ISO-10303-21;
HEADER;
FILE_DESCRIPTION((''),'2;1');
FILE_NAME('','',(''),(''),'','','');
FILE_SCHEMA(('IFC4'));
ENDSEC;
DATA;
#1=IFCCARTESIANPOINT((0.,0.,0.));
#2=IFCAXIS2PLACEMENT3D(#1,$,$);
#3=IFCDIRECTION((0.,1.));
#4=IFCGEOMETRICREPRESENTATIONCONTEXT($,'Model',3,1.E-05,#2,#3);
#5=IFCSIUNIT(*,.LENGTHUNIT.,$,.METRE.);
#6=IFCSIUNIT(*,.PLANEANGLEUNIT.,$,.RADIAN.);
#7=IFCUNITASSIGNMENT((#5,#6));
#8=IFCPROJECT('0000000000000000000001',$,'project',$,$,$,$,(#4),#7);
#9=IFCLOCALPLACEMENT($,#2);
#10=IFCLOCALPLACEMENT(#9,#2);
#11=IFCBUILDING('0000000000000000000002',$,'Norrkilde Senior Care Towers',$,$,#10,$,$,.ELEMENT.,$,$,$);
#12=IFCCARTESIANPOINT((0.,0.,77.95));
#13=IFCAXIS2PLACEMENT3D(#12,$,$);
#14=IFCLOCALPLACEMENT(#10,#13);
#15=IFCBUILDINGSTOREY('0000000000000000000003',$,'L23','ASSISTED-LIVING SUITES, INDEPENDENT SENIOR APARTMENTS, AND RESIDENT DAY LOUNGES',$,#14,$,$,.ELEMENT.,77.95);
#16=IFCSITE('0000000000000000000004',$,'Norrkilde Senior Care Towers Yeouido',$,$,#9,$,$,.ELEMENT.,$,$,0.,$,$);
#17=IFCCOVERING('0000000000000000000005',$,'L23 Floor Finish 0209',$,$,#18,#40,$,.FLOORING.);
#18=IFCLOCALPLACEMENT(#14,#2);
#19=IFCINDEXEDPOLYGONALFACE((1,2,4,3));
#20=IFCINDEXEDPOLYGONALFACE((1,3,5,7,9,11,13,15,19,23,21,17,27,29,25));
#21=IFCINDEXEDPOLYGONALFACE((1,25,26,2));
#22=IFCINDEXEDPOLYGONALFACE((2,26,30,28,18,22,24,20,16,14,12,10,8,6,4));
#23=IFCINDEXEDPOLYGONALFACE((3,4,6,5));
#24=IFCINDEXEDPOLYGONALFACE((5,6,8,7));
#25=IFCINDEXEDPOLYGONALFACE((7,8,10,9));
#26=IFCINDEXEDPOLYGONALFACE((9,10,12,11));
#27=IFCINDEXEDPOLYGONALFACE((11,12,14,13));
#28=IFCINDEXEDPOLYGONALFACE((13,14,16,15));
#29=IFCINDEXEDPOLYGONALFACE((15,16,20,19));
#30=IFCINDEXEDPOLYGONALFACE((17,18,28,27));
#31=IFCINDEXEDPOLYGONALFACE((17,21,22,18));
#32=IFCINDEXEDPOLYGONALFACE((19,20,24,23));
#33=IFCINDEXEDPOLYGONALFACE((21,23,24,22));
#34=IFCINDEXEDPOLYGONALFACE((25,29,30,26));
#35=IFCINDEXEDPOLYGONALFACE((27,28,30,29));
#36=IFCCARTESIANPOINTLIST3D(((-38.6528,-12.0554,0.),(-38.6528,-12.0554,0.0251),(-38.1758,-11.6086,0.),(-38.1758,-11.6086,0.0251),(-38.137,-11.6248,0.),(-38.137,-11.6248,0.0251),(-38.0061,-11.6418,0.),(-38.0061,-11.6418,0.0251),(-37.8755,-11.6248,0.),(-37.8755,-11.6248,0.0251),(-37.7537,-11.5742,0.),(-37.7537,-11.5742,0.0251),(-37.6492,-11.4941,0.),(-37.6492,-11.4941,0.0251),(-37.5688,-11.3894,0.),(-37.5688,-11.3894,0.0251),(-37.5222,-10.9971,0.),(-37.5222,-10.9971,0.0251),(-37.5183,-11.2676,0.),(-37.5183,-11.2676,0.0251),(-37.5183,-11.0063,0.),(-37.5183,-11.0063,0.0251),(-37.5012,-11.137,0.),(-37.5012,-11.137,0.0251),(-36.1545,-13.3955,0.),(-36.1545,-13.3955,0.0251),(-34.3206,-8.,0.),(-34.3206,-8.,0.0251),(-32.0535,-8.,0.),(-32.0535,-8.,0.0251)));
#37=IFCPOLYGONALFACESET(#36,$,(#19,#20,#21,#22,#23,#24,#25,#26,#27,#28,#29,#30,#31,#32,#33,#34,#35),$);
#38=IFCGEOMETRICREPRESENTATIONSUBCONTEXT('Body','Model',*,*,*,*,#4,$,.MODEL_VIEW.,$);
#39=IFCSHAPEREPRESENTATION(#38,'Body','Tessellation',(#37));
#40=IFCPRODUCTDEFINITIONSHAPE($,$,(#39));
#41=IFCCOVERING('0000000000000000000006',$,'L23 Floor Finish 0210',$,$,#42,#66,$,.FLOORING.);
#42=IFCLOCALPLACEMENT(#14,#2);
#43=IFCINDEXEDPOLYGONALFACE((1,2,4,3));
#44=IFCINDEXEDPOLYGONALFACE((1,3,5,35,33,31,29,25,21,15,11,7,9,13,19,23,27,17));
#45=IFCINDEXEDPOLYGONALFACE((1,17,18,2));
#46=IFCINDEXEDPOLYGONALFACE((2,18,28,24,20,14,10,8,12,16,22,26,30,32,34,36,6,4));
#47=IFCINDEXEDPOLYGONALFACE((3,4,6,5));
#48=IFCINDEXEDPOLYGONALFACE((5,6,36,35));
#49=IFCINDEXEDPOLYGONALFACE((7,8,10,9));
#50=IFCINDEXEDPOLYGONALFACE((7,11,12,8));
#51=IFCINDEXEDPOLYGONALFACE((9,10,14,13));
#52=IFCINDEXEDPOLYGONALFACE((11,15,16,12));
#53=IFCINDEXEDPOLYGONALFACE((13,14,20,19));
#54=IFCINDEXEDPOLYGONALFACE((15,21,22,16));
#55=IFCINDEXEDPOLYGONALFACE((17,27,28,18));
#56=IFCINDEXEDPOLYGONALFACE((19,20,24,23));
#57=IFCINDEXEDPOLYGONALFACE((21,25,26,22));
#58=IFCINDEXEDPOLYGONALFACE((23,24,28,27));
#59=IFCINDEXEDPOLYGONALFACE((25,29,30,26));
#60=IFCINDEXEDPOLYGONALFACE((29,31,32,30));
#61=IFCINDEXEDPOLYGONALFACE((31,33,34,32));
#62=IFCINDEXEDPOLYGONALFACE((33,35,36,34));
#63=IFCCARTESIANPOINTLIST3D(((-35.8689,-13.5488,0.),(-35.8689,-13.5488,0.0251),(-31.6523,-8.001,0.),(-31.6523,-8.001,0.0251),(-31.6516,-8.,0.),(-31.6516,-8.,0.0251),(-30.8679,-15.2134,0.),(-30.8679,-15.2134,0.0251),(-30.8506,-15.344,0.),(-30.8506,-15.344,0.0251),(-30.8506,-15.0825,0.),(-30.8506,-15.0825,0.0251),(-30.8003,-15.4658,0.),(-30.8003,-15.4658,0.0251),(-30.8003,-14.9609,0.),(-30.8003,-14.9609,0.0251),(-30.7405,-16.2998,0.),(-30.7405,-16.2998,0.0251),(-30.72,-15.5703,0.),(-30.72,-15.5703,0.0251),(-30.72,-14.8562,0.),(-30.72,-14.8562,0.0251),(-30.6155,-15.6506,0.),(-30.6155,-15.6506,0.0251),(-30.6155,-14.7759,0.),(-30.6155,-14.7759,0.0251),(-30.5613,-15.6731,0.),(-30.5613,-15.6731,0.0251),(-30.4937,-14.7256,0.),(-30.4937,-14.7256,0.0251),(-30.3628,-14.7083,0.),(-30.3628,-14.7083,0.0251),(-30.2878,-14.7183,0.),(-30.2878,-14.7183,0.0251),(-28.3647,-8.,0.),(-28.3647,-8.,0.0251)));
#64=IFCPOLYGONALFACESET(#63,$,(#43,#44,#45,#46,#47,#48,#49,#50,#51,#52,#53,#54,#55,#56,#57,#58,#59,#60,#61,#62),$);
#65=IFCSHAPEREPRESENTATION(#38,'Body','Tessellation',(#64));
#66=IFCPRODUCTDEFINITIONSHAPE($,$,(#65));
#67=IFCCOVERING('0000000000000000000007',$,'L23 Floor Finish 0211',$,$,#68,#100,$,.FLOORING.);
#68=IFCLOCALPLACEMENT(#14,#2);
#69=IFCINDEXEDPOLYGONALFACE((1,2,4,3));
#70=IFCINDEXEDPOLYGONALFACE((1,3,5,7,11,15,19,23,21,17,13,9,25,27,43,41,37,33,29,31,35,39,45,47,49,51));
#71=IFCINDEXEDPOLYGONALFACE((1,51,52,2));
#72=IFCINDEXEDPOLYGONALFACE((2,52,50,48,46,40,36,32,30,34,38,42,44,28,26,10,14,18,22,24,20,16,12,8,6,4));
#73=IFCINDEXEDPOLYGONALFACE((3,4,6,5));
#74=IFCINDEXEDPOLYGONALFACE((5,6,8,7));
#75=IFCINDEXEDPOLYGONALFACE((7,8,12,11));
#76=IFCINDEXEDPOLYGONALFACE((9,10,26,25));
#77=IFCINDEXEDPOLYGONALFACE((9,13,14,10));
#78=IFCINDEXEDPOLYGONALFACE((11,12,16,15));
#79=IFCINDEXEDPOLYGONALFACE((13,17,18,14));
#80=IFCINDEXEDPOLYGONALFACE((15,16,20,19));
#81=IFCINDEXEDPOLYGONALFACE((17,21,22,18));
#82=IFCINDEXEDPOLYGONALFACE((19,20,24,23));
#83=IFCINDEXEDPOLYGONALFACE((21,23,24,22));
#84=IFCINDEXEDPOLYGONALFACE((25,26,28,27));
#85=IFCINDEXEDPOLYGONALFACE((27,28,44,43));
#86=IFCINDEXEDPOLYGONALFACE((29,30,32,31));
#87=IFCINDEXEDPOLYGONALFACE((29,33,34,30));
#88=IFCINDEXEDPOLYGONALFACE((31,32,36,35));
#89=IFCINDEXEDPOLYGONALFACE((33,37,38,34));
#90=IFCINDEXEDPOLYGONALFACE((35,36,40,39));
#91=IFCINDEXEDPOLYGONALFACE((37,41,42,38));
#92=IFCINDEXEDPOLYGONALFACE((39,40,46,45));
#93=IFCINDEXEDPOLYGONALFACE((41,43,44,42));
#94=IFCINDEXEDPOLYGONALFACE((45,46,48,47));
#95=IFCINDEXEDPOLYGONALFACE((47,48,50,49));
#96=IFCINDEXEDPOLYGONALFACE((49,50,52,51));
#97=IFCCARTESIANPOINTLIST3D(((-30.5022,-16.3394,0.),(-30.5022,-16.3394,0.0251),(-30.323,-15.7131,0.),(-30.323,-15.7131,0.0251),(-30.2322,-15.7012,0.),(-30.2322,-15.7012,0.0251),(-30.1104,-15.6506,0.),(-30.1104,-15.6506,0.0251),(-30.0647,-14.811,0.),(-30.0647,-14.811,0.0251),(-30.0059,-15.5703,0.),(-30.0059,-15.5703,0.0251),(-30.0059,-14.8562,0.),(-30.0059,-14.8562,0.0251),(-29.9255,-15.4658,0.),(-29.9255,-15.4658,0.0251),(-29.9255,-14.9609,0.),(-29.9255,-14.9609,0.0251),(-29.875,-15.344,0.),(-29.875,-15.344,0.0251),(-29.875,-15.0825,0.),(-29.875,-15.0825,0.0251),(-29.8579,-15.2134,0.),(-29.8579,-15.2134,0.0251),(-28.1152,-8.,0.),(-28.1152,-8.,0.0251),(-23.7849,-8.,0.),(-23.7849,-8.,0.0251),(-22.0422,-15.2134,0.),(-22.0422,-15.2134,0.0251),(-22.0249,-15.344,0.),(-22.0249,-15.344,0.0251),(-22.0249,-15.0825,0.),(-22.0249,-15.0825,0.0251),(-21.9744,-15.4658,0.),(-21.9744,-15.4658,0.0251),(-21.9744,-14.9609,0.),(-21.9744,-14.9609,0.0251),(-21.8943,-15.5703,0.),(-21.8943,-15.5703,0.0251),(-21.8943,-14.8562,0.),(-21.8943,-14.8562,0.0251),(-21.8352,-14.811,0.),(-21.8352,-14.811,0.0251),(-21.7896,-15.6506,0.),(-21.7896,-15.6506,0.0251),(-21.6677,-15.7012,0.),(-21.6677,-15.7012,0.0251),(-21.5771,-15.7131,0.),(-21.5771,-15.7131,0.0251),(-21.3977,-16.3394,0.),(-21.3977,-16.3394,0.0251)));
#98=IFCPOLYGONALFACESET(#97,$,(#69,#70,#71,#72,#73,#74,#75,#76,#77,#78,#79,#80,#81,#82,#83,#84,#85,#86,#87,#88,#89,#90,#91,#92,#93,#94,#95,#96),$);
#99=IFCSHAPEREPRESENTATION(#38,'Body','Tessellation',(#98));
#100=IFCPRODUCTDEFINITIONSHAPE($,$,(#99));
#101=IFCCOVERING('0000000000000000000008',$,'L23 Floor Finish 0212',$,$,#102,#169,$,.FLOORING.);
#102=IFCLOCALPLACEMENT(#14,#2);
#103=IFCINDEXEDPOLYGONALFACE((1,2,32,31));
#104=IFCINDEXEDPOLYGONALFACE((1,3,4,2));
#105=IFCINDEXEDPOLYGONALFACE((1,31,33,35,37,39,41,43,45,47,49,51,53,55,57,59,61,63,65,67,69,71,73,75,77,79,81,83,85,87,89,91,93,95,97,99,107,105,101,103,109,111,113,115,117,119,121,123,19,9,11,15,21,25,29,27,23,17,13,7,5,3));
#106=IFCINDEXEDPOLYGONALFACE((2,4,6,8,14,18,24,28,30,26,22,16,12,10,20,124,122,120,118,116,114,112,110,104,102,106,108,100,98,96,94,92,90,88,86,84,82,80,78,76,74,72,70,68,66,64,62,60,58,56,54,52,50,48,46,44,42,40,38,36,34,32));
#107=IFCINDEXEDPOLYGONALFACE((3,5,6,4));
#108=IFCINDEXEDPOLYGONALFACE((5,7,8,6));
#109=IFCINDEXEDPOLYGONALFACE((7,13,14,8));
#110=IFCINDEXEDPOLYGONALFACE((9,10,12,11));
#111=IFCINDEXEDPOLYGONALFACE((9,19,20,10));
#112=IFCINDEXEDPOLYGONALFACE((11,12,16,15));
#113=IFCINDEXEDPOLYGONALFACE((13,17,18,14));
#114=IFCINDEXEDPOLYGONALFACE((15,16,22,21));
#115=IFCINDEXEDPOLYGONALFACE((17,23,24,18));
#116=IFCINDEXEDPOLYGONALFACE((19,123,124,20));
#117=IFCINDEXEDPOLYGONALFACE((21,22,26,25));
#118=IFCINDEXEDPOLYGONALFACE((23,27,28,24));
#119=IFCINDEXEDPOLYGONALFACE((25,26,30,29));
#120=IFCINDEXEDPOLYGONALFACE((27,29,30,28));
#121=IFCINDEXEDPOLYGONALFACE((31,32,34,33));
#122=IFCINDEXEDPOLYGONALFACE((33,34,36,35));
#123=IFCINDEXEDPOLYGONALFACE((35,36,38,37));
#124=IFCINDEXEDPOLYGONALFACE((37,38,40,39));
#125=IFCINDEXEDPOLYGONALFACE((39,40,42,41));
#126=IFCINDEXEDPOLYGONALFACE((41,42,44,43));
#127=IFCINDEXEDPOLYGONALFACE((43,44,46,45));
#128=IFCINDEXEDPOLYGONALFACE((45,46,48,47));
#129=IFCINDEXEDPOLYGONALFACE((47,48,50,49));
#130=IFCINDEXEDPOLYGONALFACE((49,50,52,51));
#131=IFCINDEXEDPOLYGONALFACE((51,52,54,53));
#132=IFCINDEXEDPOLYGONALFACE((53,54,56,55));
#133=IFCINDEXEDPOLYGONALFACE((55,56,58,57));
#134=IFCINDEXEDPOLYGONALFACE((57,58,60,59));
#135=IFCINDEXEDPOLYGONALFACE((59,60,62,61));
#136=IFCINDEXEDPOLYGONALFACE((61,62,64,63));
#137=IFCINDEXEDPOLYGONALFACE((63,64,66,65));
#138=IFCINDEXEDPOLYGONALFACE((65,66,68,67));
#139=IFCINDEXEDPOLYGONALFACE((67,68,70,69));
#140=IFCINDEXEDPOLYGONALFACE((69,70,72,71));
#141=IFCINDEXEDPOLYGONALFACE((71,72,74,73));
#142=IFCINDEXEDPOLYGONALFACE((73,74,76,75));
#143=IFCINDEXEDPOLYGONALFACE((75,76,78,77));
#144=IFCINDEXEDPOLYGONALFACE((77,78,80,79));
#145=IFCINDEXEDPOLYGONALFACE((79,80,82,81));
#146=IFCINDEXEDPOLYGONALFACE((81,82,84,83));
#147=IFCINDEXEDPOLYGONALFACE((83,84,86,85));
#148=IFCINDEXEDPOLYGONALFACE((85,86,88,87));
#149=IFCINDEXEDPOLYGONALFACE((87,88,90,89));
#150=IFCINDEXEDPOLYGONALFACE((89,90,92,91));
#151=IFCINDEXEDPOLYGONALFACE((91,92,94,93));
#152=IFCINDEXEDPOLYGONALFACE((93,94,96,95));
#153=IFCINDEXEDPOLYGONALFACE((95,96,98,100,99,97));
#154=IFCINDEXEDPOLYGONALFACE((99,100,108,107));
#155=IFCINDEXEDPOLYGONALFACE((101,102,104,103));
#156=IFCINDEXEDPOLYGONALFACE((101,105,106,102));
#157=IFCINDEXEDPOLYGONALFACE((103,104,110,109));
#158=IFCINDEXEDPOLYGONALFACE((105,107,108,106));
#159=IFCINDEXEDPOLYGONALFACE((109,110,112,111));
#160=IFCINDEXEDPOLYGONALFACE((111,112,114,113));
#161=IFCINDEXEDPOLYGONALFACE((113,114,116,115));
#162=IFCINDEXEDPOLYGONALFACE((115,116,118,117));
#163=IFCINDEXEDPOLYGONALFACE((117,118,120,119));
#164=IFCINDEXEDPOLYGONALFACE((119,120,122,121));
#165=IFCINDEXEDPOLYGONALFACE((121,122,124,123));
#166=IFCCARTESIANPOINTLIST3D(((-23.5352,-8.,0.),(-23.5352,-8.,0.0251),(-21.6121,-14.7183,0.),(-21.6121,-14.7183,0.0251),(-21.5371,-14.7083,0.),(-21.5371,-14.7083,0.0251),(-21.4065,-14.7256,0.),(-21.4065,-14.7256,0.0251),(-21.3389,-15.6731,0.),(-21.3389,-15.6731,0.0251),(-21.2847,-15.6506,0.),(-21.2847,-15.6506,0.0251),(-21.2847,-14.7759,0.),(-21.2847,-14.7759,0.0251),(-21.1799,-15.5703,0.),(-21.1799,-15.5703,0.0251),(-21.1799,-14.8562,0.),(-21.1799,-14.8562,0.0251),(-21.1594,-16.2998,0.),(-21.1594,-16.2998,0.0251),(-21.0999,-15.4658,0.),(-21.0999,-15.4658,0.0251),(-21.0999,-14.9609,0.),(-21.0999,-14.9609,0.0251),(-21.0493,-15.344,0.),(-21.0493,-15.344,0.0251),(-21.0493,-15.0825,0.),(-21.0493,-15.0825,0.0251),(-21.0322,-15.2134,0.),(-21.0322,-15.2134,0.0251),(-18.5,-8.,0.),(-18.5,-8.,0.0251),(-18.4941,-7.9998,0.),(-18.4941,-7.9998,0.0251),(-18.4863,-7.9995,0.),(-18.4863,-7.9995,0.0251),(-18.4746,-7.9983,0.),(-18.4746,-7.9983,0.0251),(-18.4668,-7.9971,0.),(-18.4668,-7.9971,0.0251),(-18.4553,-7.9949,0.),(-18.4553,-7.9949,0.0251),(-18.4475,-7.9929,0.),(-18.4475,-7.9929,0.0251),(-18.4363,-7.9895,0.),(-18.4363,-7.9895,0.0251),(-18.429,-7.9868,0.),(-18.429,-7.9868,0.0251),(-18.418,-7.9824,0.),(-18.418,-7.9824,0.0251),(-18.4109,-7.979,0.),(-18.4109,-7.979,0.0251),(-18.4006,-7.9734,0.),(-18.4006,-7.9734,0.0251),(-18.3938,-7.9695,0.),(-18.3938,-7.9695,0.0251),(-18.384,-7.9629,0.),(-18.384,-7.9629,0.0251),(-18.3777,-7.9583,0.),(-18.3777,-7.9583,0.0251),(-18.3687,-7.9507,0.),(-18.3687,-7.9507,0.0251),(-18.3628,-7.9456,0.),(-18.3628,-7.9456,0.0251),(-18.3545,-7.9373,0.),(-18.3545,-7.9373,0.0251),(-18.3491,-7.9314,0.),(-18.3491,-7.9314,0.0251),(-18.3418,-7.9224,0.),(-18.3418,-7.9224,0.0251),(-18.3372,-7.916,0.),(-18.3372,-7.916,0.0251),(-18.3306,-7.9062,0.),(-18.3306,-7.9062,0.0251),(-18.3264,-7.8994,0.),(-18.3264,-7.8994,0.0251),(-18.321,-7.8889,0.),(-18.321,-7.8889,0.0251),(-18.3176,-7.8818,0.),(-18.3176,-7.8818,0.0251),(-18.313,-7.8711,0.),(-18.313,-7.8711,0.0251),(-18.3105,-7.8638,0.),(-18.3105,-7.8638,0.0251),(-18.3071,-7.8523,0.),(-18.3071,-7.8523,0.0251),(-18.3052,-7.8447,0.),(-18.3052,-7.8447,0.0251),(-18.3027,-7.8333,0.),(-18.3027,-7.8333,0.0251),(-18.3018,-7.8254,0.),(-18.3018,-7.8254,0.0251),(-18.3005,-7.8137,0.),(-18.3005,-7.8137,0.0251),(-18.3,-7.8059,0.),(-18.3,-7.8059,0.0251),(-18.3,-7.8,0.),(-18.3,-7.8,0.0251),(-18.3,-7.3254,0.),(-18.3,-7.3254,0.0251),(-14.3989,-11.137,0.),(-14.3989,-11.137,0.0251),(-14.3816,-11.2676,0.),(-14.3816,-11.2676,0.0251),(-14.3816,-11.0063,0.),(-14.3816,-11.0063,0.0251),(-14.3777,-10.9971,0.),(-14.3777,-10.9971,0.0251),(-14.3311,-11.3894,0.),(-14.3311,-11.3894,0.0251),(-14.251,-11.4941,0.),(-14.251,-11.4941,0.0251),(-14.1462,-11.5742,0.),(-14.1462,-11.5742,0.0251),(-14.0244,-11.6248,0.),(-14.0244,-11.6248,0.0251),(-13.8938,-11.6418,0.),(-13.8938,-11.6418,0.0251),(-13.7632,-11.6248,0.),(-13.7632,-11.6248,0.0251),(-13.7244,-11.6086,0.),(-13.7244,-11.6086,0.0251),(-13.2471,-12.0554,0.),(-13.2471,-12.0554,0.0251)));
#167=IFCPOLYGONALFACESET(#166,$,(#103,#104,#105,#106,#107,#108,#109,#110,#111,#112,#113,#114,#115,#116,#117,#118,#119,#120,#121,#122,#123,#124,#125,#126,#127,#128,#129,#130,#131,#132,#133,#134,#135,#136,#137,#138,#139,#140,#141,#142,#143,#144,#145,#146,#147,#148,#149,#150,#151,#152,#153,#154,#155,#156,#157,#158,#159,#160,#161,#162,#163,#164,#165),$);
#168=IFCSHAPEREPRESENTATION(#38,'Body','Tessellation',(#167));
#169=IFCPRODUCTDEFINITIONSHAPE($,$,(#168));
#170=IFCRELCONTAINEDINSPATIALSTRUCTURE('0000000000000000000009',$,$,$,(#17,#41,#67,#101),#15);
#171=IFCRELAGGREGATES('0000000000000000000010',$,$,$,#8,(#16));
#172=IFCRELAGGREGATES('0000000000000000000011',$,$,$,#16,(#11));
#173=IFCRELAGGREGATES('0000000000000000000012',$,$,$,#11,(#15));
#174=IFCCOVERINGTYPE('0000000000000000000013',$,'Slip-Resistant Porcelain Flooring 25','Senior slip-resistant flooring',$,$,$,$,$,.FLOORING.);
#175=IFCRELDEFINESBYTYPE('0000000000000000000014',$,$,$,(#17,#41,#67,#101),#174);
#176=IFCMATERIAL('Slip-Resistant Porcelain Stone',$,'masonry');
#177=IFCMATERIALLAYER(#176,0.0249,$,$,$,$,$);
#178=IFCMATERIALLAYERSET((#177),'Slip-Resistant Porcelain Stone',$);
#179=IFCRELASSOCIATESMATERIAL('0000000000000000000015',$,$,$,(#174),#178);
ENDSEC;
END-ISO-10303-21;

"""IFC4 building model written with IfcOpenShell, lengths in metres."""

from ifc_helpers import new_model, si_unit, direction, frame, origin, place, context, subcontext, project, spatial, polyline, outline, extrude, material, layer, layer_set, type_object, element, save


model = new_model("IFC4")

# Units and contexts
model_context = context("Model", 3, precision=1e-05, world=origin(), true_north=direction((0.0, 1.0)))
body_context = subcontext(model_context, "Body", "Model", "MODEL_VIEW")
ifc_project = project(units=[si_unit("LENGTHUNIT", "METRE"), si_unit("PLANEANGLEUNIT", "RADIAN")], contexts=[model_context])

# Site, building, storey
site_placement = place(None, origin())
site = spatial("IfcSite", under=ifc_project, at=site_placement, Name="Norrkilde Senior Care Towers Yeouido", CompositionType="ELEMENT", RefElevation=0.0)
building_placement = place(site_placement, origin())
building = spatial("IfcBuilding", under=site, at=building_placement, Name="Norrkilde Senior Care Towers", CompositionType="ELEMENT")
storey_placement = place(building_placement, frame((0.0, 0.0, 77.95)))
storey = spatial("IfcBuildingStorey", under=building, at=storey_placement, Name="L23", Description="ASSISTED-LIVING SUITES, INDEPENDENT SENIOR APARTMENTS, AND RESIDENT DAY LOUNGES", CompositionType="ELEMENT", Elevation=77.95)

# Coverings
ifc_material_1 = material(Name="Slip-Resistant Porcelain Stone", Category="masonry")
ifc_layer_1 = layer(ifc_material_1, 0.0249)
ifc_layer_set_1 = layer_set([ifc_layer_1], Name="Slip-Resistant Porcelain Stone")
covering_type_1 = type_object("IfcCoveringType", Name="Slip-Resistant Porcelain Flooring 25", Description="Senior slip-resistant flooring", PredefinedType="FLOORING", material=ifc_layer_set_1)
covering_1_placement = place(storey_placement, origin())
element("IfcCovering", 1, at=covering_1_placement, inside=storey, type_object=covering_type_1, Name="L23 Floor Finish 0209", PredefinedType="FLOORING", context=body_context, shape_type="SweptSolid", body=[
    extrude(outline(polyline([(-38.6528, -12.0554), (-38.1758, -11.6086), (-38.137, -11.6248), (-38.0061, -11.6418), (-37.8755, -11.6248), (-37.7537, -11.5742), (-37.6492, -11.4941), (-37.5688, -11.3894), (-37.5183, -11.2676), (-37.5012, -11.137), (-37.5183, -11.0063), (-37.5222, -10.9971), (-34.3206, -8.0), (-32.0535, -8.0), (-36.1545, -13.3955), (-38.6528, -12.0554)])), origin(), (0.0, 0.0, 1.0), 0.0251),
])
covering_2_placement = place(storey_placement, origin())
element("IfcCovering", 2, at=covering_2_placement, inside=storey, type_object=covering_type_1, Name="L23 Floor Finish 0210", PredefinedType="FLOORING", context=body_context, shape_type="SweptSolid", body=[
    extrude(outline(polyline([(-28.3647, -8.0), (-30.2878, -14.7183), (-30.3628, -14.7083), (-30.4937, -14.7256), (-30.6155, -14.7759), (-30.72, -14.8562), (-30.8003, -14.9609), (-30.8506, -15.0825), (-30.8679, -15.2134), (-30.8506, -15.344), (-30.8003, -15.4658), (-30.72, -15.5703), (-30.6155, -15.6506), (-30.5613, -15.6731), (-30.7405, -16.2998), (-35.8689, -13.5488), (-31.6523, -8.001), (-31.6516, -8.0), (-28.3647, -8.0)])), origin(), (0.0, 0.0, 1.0), 0.0251),
])
covering_3_placement = place(storey_placement, origin())
element("IfcCovering", 3, at=covering_3_placement, inside=storey, type_object=covering_type_1, Name="L23 Floor Finish 0211", PredefinedType="FLOORING", context=body_context, shape_type="SweptSolid", body=[
    extrude(outline(polyline([(-30.5022, -16.3394), (-30.323, -15.7131), (-30.2322, -15.7012), (-30.1104, -15.6506), (-30.0059, -15.5703), (-29.9255, -15.4658), (-29.875, -15.344), (-29.8579, -15.2134), (-29.875, -15.0825), (-29.9255, -14.9609), (-30.0059, -14.8562), (-30.0647, -14.811), (-28.1152, -8.0), (-23.7849, -8.0), (-21.8352, -14.811), (-21.8943, -14.8562), (-21.9744, -14.9609), (-22.0249, -15.0825), (-22.0422, -15.2134), (-22.0249, -15.344), (-21.9744, -15.4658), (-21.8943, -15.5703), (-21.7896, -15.6506), (-21.6677, -15.7012), (-21.5771, -15.7131), (-21.3977, -16.3394), (-30.5022, -16.3394)])), origin(), (0.0, 0.0, 1.0), 0.0251),
])
covering_4_placement = place(storey_placement, origin())
element("IfcCovering", 4, at=covering_4_placement, inside=storey, type_object=covering_type_1, Name="L23 Floor Finish 0212", PredefinedType="FLOORING", context=body_context, shape_type="SweptSolid", body=[
    extrude(outline(polyline([(-18.4475, -7.9929), (-18.4363, -7.9895), (-18.429, -7.9868), (-18.418, -7.9824), (-18.4109, -7.979), (-18.4006, -7.9734), (-18.3938, -7.9695), (-18.384, -7.9629), (-18.3777, -7.9583), (-18.3687, -7.9507), (-18.3628, -7.9456), (-18.3545, -7.9373), (-18.3491, -7.9314), (-18.3418, -7.9224), (-18.3372, -7.916), (-18.3306, -7.9062), (-18.3264, -7.8994), (-18.321, -7.8889), (-18.3176, -7.8818), (-18.313, -7.8711), (-18.3105, -7.8638), (-18.3071, -7.8523), (-18.3052, -7.8447), (-18.3027, -7.8333), (-18.3018, -7.8254), (-18.3005, -7.8137), (-18.3, -7.8059), (-18.3, -7.8), (-18.3, -7.3254), (-14.3777, -10.9971), (-14.3816, -11.0063), (-14.3989, -11.137), (-14.3816, -11.2676), (-14.3311, -11.3894), (-14.251, -11.4941), (-14.1462, -11.5742), (-14.0244, -11.6248), (-13.8938, -11.6418), (-13.7632, -11.6248), (-13.7244, -11.6086), (-13.2471, -12.0554), (-21.1594, -16.2998), (-21.3389, -15.6731), (-21.2847, -15.6506), (-21.1799, -15.5703), (-21.0999, -15.4658), (-21.0493, -15.344), (-21.0322, -15.2134), (-21.0493, -15.0825), (-21.0999, -14.9609), (-21.1799, -14.8562), (-21.2847, -14.7759), (-21.4065, -14.7256), (-21.5371, -14.7083), (-21.6121, -14.7183), (-23.5352, -8.0), (-18.5, -8.0), (-18.4941, -7.9998), (-18.4863, -7.9995), (-18.4746, -7.9983), (-18.4668, -7.9971), (-18.4553, -7.9949), (-18.4475, -7.9929)])), origin(), (0.0, 0.0, 1.0), 0.0251),
])

save(model, "model.ifc")
